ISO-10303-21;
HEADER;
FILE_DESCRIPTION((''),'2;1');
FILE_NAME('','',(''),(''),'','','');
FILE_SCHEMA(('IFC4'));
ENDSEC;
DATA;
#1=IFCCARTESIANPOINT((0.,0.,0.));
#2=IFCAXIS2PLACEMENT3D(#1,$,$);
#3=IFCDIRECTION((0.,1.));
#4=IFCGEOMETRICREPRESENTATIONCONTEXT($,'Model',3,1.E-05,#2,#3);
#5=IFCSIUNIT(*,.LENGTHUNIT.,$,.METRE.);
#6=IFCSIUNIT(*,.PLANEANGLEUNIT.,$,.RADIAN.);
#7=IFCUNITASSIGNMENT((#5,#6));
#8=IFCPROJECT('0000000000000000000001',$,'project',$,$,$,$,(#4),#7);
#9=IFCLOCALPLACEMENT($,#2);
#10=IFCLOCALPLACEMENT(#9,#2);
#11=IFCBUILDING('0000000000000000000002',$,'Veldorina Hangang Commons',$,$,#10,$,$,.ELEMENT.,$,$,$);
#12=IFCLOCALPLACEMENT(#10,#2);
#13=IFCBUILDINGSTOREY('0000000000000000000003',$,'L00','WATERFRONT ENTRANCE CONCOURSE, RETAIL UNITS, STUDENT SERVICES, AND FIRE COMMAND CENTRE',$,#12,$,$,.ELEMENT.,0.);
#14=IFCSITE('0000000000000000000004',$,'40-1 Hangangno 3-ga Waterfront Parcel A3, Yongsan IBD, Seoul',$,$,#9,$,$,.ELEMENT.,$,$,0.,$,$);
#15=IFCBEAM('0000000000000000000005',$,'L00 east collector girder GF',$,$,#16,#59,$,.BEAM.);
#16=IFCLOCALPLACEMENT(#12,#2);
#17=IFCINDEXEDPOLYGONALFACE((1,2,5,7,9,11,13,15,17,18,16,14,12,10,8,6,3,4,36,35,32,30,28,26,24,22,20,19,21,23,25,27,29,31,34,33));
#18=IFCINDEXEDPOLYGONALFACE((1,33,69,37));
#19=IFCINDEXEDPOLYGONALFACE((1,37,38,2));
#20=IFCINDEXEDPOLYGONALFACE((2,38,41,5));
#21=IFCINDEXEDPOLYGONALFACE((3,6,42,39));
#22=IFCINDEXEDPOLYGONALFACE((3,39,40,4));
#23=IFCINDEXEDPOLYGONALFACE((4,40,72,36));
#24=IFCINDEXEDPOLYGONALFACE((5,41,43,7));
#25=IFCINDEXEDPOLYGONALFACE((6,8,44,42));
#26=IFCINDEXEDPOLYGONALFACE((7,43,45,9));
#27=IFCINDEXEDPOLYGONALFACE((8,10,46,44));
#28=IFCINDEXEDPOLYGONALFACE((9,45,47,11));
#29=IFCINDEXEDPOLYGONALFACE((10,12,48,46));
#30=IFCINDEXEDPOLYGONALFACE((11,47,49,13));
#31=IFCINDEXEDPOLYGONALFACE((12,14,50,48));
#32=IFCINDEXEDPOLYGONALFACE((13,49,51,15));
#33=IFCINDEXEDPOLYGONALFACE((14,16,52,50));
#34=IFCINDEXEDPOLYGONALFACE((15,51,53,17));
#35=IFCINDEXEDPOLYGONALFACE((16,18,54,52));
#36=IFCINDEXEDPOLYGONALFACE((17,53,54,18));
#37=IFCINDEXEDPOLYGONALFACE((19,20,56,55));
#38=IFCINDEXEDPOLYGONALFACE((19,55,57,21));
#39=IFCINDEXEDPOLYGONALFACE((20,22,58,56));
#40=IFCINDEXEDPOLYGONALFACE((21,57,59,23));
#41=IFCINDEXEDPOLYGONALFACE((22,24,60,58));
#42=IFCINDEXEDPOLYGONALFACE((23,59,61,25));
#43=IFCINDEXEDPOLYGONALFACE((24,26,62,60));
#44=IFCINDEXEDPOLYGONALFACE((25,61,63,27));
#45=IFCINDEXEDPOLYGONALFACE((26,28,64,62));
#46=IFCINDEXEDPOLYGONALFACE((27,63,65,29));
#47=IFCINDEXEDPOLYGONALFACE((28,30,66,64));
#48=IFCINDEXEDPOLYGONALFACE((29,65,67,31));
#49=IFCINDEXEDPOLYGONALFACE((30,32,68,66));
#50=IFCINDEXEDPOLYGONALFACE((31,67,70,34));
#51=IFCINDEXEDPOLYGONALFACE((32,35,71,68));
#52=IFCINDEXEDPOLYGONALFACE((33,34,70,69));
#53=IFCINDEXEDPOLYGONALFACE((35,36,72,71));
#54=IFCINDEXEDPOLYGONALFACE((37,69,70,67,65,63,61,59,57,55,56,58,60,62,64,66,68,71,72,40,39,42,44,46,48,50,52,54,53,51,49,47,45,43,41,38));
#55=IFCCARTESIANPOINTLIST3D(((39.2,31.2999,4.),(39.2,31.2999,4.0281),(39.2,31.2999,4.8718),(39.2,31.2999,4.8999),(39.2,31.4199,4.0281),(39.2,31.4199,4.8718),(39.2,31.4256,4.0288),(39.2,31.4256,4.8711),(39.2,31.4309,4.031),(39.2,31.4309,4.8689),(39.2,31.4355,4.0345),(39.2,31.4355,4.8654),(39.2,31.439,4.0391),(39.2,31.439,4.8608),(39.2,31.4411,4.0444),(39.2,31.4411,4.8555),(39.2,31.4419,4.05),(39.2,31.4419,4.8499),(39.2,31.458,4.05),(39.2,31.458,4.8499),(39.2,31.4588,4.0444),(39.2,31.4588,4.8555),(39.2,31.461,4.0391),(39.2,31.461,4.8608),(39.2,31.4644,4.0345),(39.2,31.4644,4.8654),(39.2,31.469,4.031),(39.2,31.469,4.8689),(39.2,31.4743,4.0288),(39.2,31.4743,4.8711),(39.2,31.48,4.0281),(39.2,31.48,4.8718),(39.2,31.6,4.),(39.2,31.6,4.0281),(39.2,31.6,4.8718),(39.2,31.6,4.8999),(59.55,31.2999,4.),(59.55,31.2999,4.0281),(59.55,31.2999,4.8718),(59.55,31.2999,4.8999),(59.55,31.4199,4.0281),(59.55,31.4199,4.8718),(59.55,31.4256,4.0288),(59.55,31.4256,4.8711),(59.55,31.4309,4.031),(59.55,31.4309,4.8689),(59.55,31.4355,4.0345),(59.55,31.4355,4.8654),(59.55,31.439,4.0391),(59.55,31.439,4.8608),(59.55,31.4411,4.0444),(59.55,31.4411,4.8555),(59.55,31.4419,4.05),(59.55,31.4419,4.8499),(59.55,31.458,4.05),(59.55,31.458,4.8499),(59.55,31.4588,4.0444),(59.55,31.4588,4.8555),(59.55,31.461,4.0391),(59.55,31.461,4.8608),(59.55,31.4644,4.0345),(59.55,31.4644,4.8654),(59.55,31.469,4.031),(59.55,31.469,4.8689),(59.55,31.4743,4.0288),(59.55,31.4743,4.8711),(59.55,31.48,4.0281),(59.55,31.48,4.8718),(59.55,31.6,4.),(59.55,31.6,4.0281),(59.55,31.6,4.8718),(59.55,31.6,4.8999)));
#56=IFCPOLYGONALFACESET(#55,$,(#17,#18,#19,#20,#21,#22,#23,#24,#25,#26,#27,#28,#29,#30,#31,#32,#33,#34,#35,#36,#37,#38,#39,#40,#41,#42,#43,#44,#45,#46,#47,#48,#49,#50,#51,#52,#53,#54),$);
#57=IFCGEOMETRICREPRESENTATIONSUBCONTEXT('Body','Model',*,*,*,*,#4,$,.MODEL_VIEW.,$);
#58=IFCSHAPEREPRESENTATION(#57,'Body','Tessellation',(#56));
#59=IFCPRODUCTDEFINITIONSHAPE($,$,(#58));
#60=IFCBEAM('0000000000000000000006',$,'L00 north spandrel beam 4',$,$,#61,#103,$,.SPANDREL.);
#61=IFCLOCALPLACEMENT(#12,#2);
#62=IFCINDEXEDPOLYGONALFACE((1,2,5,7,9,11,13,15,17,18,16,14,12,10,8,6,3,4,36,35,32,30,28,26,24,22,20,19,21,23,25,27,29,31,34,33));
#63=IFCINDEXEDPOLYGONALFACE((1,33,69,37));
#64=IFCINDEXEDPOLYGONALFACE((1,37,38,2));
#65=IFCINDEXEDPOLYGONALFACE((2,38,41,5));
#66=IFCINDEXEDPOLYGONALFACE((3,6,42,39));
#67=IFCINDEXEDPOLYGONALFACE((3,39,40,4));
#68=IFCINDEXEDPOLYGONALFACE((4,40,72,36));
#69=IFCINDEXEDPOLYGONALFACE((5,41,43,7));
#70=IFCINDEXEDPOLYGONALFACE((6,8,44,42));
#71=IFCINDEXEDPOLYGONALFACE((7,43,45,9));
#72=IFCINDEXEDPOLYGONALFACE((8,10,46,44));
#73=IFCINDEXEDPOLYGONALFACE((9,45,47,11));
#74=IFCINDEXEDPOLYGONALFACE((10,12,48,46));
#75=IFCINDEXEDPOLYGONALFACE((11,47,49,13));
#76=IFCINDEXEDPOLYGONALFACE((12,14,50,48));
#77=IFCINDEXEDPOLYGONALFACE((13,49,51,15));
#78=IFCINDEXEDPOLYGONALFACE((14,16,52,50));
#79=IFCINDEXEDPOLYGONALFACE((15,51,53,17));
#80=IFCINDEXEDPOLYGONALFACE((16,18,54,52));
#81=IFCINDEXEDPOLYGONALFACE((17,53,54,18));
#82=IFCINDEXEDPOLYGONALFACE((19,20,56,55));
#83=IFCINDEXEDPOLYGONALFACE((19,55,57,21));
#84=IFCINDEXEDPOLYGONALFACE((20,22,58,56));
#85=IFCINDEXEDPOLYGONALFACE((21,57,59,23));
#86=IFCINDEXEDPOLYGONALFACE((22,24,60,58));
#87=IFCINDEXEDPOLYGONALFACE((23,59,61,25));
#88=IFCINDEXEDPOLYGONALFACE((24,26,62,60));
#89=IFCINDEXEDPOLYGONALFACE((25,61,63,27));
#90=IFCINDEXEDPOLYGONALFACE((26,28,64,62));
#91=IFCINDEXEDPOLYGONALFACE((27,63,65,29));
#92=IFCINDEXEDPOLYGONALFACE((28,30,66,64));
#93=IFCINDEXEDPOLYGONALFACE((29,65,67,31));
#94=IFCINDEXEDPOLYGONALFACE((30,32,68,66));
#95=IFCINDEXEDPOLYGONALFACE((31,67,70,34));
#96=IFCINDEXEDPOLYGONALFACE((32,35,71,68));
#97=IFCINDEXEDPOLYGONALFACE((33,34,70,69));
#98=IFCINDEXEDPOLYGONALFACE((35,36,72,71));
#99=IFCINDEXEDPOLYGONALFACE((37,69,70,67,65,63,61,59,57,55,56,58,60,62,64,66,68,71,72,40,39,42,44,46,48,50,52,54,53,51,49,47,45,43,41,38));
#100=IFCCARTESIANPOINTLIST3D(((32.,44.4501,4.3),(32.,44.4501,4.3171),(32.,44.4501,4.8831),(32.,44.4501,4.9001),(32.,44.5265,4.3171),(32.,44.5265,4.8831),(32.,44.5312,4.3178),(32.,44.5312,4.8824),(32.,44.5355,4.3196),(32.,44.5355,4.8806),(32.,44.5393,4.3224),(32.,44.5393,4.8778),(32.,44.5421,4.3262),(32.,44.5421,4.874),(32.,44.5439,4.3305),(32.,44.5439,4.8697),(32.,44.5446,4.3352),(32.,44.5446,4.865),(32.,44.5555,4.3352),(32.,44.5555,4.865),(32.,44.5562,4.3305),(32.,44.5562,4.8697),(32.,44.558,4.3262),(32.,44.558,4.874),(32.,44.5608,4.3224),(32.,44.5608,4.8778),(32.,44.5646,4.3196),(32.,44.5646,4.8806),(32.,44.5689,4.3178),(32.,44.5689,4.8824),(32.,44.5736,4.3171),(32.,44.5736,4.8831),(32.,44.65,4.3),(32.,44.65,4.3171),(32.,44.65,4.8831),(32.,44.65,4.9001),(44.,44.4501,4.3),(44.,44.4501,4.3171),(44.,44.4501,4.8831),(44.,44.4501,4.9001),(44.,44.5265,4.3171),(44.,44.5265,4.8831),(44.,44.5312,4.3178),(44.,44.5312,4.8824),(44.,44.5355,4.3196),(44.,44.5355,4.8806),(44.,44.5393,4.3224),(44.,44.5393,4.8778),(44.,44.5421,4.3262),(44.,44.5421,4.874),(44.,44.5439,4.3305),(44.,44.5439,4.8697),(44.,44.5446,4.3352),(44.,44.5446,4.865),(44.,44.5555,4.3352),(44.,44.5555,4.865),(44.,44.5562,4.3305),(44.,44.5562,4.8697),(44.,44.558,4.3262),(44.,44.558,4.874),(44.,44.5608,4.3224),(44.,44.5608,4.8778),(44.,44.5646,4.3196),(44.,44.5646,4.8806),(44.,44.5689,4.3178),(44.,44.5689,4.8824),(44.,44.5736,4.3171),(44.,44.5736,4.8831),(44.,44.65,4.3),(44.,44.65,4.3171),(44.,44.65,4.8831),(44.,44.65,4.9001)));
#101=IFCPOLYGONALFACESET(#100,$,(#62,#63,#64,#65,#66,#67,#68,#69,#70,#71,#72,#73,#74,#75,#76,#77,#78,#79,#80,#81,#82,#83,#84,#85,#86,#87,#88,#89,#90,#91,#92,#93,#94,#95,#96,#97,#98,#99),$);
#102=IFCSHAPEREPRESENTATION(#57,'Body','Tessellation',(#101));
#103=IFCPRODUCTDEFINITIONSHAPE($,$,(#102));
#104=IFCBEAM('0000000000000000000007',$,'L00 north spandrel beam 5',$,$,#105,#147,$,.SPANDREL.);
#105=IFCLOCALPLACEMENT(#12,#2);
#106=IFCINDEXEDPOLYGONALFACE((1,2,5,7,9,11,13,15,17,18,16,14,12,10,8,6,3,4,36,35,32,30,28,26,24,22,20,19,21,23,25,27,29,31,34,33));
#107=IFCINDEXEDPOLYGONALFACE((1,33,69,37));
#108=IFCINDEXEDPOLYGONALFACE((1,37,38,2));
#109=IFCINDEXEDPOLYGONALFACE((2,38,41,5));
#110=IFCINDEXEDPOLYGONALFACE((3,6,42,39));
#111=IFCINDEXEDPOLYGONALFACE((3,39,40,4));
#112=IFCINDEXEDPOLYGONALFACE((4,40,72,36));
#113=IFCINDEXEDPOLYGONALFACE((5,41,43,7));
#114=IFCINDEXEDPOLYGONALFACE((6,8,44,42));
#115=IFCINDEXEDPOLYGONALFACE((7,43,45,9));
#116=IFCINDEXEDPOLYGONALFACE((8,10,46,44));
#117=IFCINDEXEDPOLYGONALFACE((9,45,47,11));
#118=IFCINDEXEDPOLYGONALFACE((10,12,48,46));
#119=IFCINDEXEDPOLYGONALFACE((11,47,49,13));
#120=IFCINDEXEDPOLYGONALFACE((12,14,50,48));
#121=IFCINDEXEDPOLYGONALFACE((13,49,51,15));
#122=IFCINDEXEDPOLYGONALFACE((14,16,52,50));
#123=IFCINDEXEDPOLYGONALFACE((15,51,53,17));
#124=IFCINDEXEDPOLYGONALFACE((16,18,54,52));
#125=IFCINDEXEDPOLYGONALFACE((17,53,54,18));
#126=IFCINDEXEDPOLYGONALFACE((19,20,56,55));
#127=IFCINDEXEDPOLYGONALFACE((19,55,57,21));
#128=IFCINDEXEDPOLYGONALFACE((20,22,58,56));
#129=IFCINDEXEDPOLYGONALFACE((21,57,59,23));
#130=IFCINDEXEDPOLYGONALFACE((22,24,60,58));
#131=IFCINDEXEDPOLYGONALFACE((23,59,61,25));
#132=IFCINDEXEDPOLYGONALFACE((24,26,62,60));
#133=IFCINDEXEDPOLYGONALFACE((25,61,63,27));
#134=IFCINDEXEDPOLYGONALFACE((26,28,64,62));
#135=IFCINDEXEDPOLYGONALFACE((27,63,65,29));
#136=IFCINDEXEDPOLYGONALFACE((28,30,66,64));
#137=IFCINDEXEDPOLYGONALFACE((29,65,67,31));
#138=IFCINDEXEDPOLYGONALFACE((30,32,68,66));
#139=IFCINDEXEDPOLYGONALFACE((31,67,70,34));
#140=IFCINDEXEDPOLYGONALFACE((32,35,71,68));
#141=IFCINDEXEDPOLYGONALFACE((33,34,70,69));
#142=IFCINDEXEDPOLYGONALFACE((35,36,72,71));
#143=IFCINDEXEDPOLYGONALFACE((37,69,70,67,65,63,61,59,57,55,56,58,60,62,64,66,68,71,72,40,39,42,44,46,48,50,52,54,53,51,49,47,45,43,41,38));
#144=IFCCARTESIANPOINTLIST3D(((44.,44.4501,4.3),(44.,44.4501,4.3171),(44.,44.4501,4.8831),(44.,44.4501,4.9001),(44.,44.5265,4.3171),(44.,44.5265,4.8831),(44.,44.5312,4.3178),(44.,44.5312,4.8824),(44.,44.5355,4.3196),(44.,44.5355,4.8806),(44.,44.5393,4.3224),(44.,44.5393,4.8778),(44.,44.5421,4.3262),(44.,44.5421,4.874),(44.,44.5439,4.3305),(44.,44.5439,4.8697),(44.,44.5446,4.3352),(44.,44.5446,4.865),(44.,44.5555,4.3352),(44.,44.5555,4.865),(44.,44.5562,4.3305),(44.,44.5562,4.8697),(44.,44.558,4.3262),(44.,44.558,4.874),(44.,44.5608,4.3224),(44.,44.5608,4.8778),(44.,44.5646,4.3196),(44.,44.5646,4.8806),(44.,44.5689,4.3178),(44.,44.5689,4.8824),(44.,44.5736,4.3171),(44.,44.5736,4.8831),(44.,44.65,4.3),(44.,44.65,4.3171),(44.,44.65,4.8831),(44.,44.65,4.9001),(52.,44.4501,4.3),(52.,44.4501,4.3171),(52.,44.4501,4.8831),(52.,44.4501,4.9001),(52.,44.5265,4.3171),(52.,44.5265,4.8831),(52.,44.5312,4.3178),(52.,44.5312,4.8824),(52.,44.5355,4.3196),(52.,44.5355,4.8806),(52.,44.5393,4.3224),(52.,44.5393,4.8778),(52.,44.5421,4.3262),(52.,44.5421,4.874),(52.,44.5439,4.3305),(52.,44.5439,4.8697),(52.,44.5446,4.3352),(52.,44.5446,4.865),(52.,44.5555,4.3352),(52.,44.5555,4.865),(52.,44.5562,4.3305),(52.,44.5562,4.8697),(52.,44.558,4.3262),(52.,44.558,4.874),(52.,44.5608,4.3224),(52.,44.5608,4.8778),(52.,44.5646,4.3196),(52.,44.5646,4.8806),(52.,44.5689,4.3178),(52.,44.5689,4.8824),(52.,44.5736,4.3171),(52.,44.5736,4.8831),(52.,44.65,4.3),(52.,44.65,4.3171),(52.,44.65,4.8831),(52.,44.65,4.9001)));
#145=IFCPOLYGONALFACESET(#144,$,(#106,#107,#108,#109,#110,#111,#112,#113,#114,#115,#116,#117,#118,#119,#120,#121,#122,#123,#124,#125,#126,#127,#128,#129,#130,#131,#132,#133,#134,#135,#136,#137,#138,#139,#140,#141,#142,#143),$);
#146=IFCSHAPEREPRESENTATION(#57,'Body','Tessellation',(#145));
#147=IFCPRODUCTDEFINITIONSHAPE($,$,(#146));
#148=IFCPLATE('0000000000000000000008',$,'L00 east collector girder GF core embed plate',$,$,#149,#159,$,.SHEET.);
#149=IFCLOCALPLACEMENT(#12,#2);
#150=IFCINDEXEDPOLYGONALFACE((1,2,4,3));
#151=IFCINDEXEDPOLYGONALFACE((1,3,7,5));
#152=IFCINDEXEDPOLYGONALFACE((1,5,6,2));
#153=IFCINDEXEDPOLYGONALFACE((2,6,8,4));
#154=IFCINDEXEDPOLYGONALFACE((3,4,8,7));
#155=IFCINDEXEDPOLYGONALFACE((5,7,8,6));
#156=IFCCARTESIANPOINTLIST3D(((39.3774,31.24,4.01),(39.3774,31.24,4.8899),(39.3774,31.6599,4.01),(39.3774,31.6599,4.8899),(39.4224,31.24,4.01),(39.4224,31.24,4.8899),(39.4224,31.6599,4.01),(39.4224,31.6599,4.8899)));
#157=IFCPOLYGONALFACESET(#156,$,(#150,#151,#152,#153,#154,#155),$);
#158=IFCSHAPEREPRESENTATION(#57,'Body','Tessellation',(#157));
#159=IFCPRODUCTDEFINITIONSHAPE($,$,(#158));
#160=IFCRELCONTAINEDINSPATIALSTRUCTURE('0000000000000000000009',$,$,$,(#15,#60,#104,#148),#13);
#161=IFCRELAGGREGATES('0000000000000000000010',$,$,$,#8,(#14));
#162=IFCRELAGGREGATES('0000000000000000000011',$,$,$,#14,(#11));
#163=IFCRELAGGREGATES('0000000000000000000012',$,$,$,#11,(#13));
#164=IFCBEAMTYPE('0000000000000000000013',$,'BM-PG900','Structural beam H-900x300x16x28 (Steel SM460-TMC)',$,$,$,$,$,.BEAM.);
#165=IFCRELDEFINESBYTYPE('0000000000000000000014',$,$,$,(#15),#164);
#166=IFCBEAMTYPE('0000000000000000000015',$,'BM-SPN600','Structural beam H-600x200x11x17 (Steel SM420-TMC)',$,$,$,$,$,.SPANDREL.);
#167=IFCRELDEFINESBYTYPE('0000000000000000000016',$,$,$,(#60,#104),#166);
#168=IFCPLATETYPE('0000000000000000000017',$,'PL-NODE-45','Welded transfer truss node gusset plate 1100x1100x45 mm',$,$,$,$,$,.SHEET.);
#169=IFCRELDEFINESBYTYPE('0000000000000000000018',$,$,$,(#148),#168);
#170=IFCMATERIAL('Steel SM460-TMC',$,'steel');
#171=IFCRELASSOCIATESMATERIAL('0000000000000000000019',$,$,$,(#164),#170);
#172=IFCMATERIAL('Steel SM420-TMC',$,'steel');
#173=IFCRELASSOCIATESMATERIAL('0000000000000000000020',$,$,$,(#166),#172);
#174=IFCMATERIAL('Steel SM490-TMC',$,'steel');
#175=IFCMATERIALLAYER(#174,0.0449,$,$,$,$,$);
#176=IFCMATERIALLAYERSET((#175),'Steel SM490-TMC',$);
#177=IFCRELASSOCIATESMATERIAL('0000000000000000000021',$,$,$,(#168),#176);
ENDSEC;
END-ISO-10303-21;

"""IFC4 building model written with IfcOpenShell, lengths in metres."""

from ifc_helpers import new_model, si_unit, direction, frame, origin, origin_2d, place, context, subcontext, project, spatial, rectangle, i_section, extrude, material, layer, layer_set, material_profile, profile_set, type_object, element, save


model = new_model("IFC4")

# Units and contexts
model_context = context("Model", 3, precision=1e-05, world=origin(), true_north=direction((0.0, 1.0)))
body_context = subcontext(model_context, "Body", "Model", "MODEL_VIEW")
ifc_project = project(units=[si_unit("LENGTHUNIT", "METRE"), si_unit("PLANEANGLEUNIT", "RADIAN")], contexts=[model_context])

# Site, building, storey
site_placement = place(None, origin())
site = spatial("IfcSite", under=ifc_project, at=site_placement, Name="40-1 Hangangno 3-ga Waterfront Parcel A3, Yongsan IBD, Seoul", CompositionType="ELEMENT", RefElevation=0.0)
building_placement = place(site_placement, origin())
building = spatial("IfcBuilding", under=site, at=building_placement, Name="Veldorina Hangang Commons", CompositionType="ELEMENT")
storey_placement = place(building_placement, origin())
storey = spatial("IfcBuildingStorey", under=building, at=storey_placement, Name="L00", Description="WATERFRONT ENTRANCE CONCOURSE, RETAIL UNITS, STUDENT SERVICES, AND FIRE COMMAND CENTRE", CompositionType="ELEMENT", Elevation=0.0)

# Shared definitions
ifc_material_1 = material(Name="Steel SM460-TMC", Category="steel")

# Beams
ifc_material_profile_1 = material_profile(ifc_material_1, i_section(OverallWidth=0.3, OverallDepth=0.8999, WebThickness=0.0161, FlangeThickness=0.0281, FilletRadius=0.022, at=origin_2d()), Name="H-900x300x16x28")
ifc_profile_set_1 = profile_set([ifc_material_profile_1], Name="Steel SM460-TMC")
beam_type_1 = type_object("IfcBeamType", Name="BM-PG900", Description="Structural beam H-900x300x16x28 (Steel SM460-TMC)", PredefinedType="BEAM", material=ifc_profile_set_1)
beam_1_placement = place(storey_placement, frame((39.2, 31.45, 4.45), z_axis=(1.0, 0.0, 0.0), x_axis=(0.0, 1.0, 0.0)))
element("IfcBeam", 1, at=beam_1_placement, inside=storey, type_object=beam_type_1, Name="L00 east collector girder GF", PredefinedType="BEAM", context=body_context, shape_type="SweptSolid", body=[
    extrude(i_section(OverallWidth=0.3, OverallDepth=0.8999, WebThickness=0.0161, FlangeThickness=0.0281, FilletRadius=0.022, at=origin_2d()), origin(), (0.0, 0.0, 1.0), 20.3501),
])
ifc_material_2 = material(Name="Steel SM420-TMC", Category="steel")
ifc_material_profile_2 = material_profile(ifc_material_2, i_section(OverallWidth=0.2, OverallDepth=0.6001, WebThickness=0.011, FlangeThickness=0.0171, FilletRadius=0.0181, at=origin_2d()), Name="H-600x200x11x17")
ifc_profile_set_2 = profile_set([ifc_material_profile_2], Name="Steel SM420-TMC")
beam_type_2 = type_object("IfcBeamType", Name="BM-SPN600", Description="Structural beam H-600x200x11x17 (Steel SM420-TMC)", PredefinedType="SPANDREL", material=ifc_profile_set_2)
beam_2_placement = place(storey_placement, frame((32.0, 44.55, 4.6001), z_axis=(1.0, 0.0, 0.0), x_axis=(0.0, 1.0, 0.0)))
element("IfcBeam", 2, at=beam_2_placement, inside=storey, type_object=beam_type_2, Name="L00 north spandrel beam 4", PredefinedType="SPANDREL", context=body_context, shape_type="SweptSolid", body=[
    extrude(i_section(OverallWidth=0.2, OverallDepth=0.6001, WebThickness=0.011, FlangeThickness=0.0171, FilletRadius=0.0181, at=origin_2d()), origin(), (0.0, 0.0, 1.0), 12.0),
])
beam_3_placement = place(storey_placement, frame((44.0, 44.55, 4.6001), z_axis=(1.0, 0.0, 0.0), x_axis=(0.0, 1.0, 0.0)))
element("IfcBeam", 3, at=beam_3_placement, inside=storey, type_object=beam_type_2, Name="L00 north spandrel beam 5", PredefinedType="SPANDREL", context=body_context, shape_type="SweptSolid", body=[
    extrude(i_section(OverallWidth=0.2, OverallDepth=0.6001, WebThickness=0.011, FlangeThickness=0.0171, FilletRadius=0.0181, at=origin_2d()), origin(), (0.0, 0.0, 1.0), 8.0),
])

# Plate
ifc_material_3 = material(Name="Steel SM490-TMC", Category="steel")
ifc_layer_1 = layer(ifc_material_3, 0.0449)
ifc_layer_set_1 = layer_set([ifc_layer_1], Name="Steel SM490-TMC")
plate_type = type_object("IfcPlateType", Name="PL-NODE-45", Description="Welded transfer truss node gusset plate 1100x1100x45 mm", PredefinedType="SHEET", material=ifc_layer_set_1)
plate_placement = place(storey_placement, frame((39.3999, 31.45, 4.01), z_axis=(0.0, 0.0, 1.0), x_axis=(1.0, 0.0, 0.0)))
element("IfcPlate", 4, at=plate_placement, inside=storey, type_object=plate_type, Name="L00 east collector girder GF core embed plate", PredefinedType="SHEET", context=body_context, shape_type="SweptSolid", body=[
    extrude(rectangle(XDim=0.0449, YDim=0.4199, at=origin_2d()), origin(), (0.0, 0.0, 1.0), 0.8799),
])

save(model, "model.ifc")
